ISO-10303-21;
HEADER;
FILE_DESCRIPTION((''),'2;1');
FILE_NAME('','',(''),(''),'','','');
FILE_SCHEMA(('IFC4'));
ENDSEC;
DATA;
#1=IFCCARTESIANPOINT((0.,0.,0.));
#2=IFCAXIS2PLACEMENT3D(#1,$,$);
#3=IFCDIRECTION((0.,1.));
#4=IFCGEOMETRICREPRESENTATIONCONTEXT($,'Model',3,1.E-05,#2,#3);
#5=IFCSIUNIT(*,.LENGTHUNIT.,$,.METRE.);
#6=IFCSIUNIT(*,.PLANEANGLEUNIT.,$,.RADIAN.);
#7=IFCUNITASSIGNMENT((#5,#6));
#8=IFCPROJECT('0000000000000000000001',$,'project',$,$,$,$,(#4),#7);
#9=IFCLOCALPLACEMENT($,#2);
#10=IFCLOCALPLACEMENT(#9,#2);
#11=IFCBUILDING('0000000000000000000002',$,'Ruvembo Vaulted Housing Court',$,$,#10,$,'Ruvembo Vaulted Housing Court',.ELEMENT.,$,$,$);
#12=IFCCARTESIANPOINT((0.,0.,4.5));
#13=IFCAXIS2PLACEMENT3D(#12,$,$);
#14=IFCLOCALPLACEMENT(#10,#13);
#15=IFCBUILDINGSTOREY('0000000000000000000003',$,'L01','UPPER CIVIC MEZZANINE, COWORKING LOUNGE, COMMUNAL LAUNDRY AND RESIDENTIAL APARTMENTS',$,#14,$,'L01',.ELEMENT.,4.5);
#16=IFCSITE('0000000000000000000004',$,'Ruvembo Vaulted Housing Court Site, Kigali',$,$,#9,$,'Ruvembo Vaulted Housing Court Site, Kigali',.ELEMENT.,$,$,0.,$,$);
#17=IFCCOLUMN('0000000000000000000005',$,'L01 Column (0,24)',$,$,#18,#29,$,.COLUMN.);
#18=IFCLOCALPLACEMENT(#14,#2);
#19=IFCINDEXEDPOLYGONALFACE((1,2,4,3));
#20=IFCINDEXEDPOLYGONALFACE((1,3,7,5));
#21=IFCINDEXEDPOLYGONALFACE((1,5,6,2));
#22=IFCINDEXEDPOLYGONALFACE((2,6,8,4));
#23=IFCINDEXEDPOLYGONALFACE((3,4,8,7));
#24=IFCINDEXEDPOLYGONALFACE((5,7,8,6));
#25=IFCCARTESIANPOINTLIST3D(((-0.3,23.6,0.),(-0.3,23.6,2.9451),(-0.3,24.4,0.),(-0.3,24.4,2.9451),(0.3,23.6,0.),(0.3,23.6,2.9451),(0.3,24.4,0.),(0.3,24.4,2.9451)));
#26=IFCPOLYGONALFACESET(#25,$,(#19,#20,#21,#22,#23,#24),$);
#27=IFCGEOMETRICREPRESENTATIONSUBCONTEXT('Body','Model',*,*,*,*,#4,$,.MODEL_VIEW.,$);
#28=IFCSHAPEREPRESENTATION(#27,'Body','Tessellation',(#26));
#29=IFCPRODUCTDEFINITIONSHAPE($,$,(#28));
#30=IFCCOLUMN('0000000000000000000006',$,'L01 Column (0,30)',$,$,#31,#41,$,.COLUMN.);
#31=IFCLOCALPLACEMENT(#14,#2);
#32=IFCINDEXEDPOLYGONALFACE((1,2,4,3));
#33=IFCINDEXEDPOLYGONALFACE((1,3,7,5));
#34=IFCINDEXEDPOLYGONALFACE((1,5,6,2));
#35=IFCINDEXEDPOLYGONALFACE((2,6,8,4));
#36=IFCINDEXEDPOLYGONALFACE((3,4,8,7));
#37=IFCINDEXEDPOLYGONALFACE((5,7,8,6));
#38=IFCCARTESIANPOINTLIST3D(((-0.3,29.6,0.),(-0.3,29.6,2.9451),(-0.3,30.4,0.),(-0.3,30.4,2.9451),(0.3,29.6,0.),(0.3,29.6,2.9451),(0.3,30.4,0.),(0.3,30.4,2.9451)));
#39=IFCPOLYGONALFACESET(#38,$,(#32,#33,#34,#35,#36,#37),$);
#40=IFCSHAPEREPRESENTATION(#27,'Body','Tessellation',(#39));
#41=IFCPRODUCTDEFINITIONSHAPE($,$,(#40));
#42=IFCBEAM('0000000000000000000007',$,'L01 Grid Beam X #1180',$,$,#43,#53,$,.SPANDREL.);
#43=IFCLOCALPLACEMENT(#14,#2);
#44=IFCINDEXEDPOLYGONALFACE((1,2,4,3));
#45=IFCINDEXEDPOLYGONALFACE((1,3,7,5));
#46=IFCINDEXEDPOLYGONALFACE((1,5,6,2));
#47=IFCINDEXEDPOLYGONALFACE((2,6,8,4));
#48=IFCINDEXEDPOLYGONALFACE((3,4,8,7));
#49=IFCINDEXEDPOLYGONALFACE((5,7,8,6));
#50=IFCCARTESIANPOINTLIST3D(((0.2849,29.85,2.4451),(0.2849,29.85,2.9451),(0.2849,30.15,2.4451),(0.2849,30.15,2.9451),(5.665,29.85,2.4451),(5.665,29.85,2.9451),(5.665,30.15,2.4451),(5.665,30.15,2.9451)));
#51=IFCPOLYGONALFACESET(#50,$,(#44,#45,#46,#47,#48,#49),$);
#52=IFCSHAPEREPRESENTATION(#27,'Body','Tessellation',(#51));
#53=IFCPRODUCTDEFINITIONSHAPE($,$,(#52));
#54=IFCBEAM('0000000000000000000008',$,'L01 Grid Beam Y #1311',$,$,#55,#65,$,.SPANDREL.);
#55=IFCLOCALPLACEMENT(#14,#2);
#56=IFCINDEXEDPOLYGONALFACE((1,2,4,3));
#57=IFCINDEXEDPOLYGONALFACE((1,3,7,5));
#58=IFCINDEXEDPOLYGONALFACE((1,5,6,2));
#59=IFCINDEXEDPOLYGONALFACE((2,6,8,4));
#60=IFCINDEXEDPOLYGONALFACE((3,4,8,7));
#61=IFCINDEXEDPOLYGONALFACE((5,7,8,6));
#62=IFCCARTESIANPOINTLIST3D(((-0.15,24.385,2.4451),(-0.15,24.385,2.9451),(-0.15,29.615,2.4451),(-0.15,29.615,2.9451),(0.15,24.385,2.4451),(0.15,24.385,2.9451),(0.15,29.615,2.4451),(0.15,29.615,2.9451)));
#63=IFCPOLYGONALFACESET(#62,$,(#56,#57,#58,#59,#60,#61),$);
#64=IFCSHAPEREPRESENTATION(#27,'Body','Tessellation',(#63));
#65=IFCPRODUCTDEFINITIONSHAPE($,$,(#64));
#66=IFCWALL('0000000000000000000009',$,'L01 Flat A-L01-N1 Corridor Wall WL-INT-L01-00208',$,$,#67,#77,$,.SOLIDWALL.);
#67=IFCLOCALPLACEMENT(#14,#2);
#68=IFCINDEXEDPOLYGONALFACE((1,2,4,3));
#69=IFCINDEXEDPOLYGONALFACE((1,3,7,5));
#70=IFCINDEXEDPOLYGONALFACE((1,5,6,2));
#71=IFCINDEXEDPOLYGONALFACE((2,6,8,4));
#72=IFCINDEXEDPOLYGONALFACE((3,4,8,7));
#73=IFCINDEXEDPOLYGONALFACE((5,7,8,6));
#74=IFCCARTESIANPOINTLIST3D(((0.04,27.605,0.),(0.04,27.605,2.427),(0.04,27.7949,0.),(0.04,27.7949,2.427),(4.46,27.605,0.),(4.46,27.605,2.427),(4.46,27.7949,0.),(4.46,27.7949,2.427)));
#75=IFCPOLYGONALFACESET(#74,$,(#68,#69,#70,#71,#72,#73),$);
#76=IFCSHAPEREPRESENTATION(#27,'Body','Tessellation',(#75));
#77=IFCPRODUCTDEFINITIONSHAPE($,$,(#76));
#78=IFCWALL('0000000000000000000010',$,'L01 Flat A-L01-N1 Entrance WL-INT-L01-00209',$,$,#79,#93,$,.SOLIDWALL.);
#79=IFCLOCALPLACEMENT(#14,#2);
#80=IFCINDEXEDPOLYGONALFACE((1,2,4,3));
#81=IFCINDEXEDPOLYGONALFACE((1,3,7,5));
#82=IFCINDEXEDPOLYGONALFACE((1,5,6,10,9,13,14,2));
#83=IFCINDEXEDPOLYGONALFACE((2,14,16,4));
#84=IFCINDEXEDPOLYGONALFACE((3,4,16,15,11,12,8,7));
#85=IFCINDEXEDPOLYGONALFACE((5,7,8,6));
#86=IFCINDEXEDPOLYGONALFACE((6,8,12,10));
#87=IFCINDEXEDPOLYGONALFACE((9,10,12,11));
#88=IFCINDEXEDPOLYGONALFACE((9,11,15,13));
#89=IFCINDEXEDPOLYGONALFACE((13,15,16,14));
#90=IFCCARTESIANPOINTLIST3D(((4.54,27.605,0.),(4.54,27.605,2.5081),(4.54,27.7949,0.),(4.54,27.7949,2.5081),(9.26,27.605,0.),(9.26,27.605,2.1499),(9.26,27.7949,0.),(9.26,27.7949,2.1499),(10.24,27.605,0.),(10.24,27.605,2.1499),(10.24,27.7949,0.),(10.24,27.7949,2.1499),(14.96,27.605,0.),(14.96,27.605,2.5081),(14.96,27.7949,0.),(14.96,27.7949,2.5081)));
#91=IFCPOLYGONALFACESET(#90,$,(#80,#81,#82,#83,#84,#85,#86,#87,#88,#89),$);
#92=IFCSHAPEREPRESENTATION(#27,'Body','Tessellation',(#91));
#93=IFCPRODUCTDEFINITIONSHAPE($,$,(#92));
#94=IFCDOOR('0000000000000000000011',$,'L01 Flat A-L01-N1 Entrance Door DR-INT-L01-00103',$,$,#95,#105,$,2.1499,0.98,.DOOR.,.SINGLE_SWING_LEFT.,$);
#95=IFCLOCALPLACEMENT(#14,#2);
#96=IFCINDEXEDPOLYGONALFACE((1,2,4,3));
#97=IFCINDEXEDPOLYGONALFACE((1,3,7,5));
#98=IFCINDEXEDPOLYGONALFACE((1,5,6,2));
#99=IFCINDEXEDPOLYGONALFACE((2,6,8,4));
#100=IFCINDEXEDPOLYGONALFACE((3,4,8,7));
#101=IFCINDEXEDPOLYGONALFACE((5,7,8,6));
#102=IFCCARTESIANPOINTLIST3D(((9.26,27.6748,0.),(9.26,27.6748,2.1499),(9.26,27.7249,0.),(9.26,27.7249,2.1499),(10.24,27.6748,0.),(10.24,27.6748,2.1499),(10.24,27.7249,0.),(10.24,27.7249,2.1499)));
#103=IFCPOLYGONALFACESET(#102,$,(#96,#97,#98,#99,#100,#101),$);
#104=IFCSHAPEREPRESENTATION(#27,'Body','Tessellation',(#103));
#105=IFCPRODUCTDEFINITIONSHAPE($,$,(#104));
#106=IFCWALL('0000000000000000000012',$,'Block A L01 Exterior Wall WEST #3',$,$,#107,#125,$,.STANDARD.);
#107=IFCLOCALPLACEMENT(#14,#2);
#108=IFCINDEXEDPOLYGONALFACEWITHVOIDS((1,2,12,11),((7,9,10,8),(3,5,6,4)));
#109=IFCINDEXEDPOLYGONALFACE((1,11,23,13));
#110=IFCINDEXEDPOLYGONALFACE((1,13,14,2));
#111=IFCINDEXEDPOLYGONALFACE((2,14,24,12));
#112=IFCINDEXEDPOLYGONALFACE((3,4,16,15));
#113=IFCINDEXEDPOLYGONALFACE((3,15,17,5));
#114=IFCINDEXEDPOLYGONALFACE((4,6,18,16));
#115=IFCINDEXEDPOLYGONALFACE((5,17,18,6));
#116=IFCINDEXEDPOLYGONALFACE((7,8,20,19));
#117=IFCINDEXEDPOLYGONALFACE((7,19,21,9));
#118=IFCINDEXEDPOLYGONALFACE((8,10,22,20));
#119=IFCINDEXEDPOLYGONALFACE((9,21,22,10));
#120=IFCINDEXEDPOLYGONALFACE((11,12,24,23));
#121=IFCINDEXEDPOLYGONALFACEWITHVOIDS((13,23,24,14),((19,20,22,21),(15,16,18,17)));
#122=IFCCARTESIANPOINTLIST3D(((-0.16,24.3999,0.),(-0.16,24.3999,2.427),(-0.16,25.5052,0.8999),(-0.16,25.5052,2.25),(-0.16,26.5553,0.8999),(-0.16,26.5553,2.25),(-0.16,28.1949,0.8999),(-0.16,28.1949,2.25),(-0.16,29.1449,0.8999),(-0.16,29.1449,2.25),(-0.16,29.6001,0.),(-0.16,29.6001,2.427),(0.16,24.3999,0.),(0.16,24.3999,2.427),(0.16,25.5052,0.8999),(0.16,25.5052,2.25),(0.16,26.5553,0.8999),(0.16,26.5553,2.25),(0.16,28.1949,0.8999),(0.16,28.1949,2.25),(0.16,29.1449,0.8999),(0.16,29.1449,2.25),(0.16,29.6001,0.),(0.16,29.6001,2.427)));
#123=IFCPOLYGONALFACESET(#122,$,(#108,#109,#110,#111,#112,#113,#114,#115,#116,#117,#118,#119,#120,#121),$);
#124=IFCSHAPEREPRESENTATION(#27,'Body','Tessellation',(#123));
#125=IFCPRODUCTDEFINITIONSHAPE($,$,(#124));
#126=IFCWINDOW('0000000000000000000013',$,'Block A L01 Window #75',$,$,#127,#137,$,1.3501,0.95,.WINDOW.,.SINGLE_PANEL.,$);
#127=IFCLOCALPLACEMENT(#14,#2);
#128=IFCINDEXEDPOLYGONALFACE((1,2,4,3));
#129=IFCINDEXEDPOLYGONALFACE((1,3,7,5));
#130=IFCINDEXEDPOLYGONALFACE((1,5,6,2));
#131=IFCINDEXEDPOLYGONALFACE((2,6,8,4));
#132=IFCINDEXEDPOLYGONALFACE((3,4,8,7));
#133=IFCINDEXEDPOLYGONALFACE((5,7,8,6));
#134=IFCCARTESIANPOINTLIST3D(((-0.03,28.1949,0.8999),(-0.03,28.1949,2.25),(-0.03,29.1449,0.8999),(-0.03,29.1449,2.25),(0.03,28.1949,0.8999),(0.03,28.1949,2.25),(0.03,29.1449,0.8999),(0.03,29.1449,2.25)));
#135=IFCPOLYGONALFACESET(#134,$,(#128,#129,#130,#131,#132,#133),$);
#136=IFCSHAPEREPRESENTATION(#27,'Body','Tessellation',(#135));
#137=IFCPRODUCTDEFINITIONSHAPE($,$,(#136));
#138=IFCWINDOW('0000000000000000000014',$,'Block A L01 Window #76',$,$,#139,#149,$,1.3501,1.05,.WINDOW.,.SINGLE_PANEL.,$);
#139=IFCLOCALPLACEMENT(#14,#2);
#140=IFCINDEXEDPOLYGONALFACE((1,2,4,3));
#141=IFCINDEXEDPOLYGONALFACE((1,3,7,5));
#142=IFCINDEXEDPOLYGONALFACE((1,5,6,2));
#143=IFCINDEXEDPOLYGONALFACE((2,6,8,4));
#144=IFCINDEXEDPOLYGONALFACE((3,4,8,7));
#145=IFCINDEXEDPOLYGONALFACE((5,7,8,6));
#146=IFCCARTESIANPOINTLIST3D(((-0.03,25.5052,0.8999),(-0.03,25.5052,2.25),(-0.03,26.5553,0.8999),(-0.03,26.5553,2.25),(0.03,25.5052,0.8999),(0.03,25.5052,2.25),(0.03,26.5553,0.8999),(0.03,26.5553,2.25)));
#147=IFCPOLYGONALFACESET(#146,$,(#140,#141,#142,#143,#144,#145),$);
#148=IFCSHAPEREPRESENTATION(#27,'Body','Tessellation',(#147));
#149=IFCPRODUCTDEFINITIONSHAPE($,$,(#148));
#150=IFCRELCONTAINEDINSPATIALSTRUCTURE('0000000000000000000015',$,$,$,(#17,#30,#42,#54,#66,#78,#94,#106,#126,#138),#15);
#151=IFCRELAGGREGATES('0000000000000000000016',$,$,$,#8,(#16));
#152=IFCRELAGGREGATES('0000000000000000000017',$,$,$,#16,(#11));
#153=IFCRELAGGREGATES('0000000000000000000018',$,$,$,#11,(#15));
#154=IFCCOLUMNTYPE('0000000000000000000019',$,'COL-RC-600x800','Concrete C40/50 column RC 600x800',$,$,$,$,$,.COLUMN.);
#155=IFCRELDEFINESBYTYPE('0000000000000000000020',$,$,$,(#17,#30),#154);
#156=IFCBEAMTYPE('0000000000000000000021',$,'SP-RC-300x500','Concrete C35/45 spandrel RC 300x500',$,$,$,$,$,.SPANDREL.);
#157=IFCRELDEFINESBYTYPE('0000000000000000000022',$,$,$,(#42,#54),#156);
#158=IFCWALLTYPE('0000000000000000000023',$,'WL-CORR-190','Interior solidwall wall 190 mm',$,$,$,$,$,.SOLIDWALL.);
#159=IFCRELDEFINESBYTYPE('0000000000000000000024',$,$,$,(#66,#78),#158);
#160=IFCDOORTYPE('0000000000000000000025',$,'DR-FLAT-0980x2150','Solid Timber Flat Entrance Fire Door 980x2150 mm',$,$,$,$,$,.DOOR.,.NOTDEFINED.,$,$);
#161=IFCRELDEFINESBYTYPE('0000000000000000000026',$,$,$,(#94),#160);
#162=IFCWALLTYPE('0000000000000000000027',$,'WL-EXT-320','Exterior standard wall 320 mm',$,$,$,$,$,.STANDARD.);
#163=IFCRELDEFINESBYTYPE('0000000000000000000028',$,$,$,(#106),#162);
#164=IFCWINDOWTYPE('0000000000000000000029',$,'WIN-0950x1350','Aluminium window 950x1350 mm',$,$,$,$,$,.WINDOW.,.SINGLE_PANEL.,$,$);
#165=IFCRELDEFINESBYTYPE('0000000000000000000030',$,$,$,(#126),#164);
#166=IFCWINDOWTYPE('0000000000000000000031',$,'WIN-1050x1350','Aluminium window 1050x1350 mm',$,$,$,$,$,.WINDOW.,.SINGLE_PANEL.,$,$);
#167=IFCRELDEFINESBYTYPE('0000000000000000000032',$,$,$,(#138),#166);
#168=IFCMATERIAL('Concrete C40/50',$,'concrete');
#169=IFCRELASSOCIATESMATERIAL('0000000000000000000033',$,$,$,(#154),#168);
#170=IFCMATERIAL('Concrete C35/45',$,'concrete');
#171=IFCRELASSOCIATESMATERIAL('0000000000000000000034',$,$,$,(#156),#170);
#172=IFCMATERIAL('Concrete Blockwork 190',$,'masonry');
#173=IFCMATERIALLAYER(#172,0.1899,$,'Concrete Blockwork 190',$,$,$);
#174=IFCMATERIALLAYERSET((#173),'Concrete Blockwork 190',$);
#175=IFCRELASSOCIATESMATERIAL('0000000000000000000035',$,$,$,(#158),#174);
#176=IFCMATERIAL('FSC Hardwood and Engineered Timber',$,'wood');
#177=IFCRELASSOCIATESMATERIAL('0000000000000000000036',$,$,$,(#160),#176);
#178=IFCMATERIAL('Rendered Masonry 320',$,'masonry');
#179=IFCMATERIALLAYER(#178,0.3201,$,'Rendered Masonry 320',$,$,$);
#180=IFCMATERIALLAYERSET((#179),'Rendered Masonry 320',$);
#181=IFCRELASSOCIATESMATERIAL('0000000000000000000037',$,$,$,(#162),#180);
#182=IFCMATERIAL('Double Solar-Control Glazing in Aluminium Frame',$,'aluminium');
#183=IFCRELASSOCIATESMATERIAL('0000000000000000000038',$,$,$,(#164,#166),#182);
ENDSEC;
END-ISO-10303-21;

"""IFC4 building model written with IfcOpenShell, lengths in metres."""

from ifc_helpers import new_model, si_unit, direction, frame, frame_2d, origin, origin_2d, place, context, subcontext, project, spatial, rectangle, extrude, material, layer, layer_set, material_profile, profile_set, type_object, element, fill, save


model = new_model("IFC4")

# Units and contexts
model_context = context("Model", 3, precision=1e-05, world=origin(), true_north=direction((0.0, 1.0)))
body_context = subcontext(model_context, "Body", "Model", "MODEL_VIEW")
ifc_project = project(units=[si_unit("LENGTHUNIT", "METRE"), si_unit("PLANEANGLEUNIT", "RADIAN")], contexts=[model_context])

# Site, building, storey
site_placement = place(None, origin())
site = spatial("IfcSite", under=ifc_project, at=site_placement, Name="Ruvembo Vaulted Housing Court Site, Kigali", LongName="Ruvembo Vaulted Housing Court Site, Kigali", CompositionType="ELEMENT", RefElevation=0.0)
building_placement = place(site_placement, origin())
building = spatial("IfcBuilding", under=site, at=building_placement, Name="Ruvembo Vaulted Housing Court", LongName="Ruvembo Vaulted Housing Court", CompositionType="ELEMENT")
storey_placement = place(building_placement, frame((0.0, 0.0, 4.5)))
storey = spatial("IfcBuildingStorey", under=building, at=storey_placement, Name="L01", Description="UPPER CIVIC MEZZANINE, COWORKING LOUNGE, COMMUNAL LAUNDRY AND RESIDENTIAL APARTMENTS", LongName="L01", CompositionType="ELEMENT", Elevation=4.5)

# Columns
ifc_material_1 = material(Name="Concrete C40/50", Category="concrete")
ifc_material_profile_1 = material_profile(ifc_material_1, rectangle(XDim=0.6001, YDim=0.8, at=origin_2d()), Name="RC 600x800")
ifc_profile_set_1 = profile_set([ifc_material_profile_1], Name="Concrete C40/50")
column_type = type_object("IfcColumnType", Name="COL-RC-600x800", Description="Concrete C40/50 column RC 600x800", PredefinedType="COLUMN", material=ifc_profile_set_1)
for number, where, z_axis, x_axis, name in (
    (1, (0.0, 24.0, 0.0), (0.0, 0.0, 1.0), (1.0, 0.0, 0.0), "L01 Column (0,24)"),
    (2, (0.0, 30.0, 0.0), (0.0, 0.0, 1.0), (1.0, 0.0, 0.0), "L01 Column (0,30)"),
):
    element("IfcColumn", number, at=place(storey_placement, frame(where, z_axis=z_axis, x_axis=x_axis)), inside=storey, type_object=column_type, Name=name, PredefinedType="COLUMN", context=body_context, shape_type="SweptSolid", body=[
        extrude(rectangle(XDim=0.6001, YDim=0.8, at=origin_2d()), origin(), (0.0, 0.0, 1.0), 2.9451),
    ])

# Beams
ifc_material_2 = material(Name="Concrete C35/45", Category="concrete")
ifc_material_profile_2 = material_profile(ifc_material_2, rectangle(XDim=0.3, YDim=0.5, at=origin_2d()), Name="RC 300x500")
ifc_profile_set_2 = profile_set([ifc_material_profile_2], Name="Concrete C35/45")
beam_type = type_object("IfcBeamType", Name="SP-RC-300x500", Description="Concrete C35/45 spandrel RC 300x500", PredefinedType="SPANDREL", material=ifc_profile_set_2)
beam_1_placement = place(storey_placement, frame((0.2849, 30.0, 2.6951), z_axis=(1.0, 0.0, 0.0), x_axis=(0.0, 1.0, 0.0)))
element("IfcBeam", 3, at=beam_1_placement, inside=storey, type_object=beam_type, Name="L01 Grid Beam X #1180", PredefinedType="SPANDREL", context=body_context, shape_type="SweptSolid", body=[
    extrude(rectangle(XDim=0.3, YDim=0.5, at=origin_2d()), origin(), (0.0, 0.0, 1.0), 5.3801),
])
beam_2_placement = place(storey_placement, frame((0.0, 24.385, 2.6951), z_axis=(0.0, 1.0, 0.0), x_axis=(-1.0, 0.0, 0.0)))
element("IfcBeam", 4, at=beam_2_placement, inside=storey, type_object=beam_type, Name="L01 Grid Beam Y #1311", PredefinedType="SPANDREL", context=body_context, shape_type="SweptSolid", body=[
    extrude(rectangle(XDim=0.3, YDim=0.5, at=origin_2d()), origin(), (0.0, 0.0, 1.0), 5.23),
])

# Wall
ifc_material_3 = material(Name="Concrete Blockwork 190", Category="masonry")
ifc_layer_1 = layer(ifc_material_3, 0.1899, Name="Concrete Blockwork 190")
ifc_layer_set_1 = layer_set([ifc_layer_1], Name="Concrete Blockwork 190")
wall_type_1 = type_object("IfcWallType", Name="WL-CORR-190", Description="Interior solidwall wall 190 mm", PredefinedType="SOLIDWALL", material=ifc_layer_set_1)
wall_1_placement = place(storey_placement, frame((0.04, 27.7, 0.0), z_axis=(0.0, 0.0, 1.0), x_axis=(1.0, 0.0, 0.0)))
element("IfcWall", 5, at=wall_1_placement, inside=storey, type_object=wall_type_1, Name="L01 Flat A-L01-N1 Corridor Wall WL-INT-L01-00208", PredefinedType="SOLIDWALL", context=body_context, shape_type="SweptSolid", body=[
    extrude(rectangle(XDim=4.4199, YDim=0.1899, at=frame_2d((2.21, 0.0))), origin(), (0.0, 0.0, 1.0), 2.427),
])

# Wall, opening, door
wall_2_placement = place(storey_placement, frame((4.54, 27.7, 0.0), z_axis=(0.0, 0.0, 1.0), x_axis=(1.0, 0.0, 0.0)))
wall_2 = element("IfcWall", 6, at=wall_2_placement, inside=storey, type_object=wall_type_1, Name="L01 Flat A-L01-N1 Entrance WL-INT-L01-00209", PredefinedType="SOLIDWALL", context=body_context, shape_type="SweptSolid", body=[
    extrude(rectangle(XDim=10.4199, YDim=0.1899, at=frame_2d((5.21, 0.0))), origin(), (0.0, 0.0, 1.0), 2.5081),
])
opening_1_placement = place(wall_2_placement, frame((4.72, 0.0, 0.0)))
opening_1 = element("IfcOpeningElement", 7, at=opening_1_placement, cuts=wall_2, PredefinedType="OPENING", context=body_context, shape_type="SweptSolid", body=[
    extrude(rectangle(XDim=0.98, YDim=2.1499, at=frame_2d((0.49, 1.075))), frame((0.0, 0.105, 0.0), z_axis=(0.0, -1.0, 0.0), x_axis=(1.0, 0.0, 0.0)), (0.0, 0.0, 1.0), 0.21),
])
ifc_material_4 = material(Name="FSC Hardwood and Engineered Timber", Category="wood")
door_type_1 = type_object("IfcDoorType", Name="DR-FLAT-0980x2150", Description="Solid Timber Flat Entrance Fire Door 980x2150 mm", OperationType="NOTDEFINED", PredefinedType="DOOR", material=ifc_material_4)
door_1_placement = place(opening_1_placement, origin())
door_1 = element("IfcDoor", 8, at=door_1_placement, inside=storey, type_object=door_type_1, Name="L01 Flat A-L01-N1 Entrance Door DR-INT-L01-00103", OperationType="SINGLE_SWING_LEFT", OverallHeight=2.1499, OverallWidth=0.98, PredefinedType="DOOR", context=body_context, shape_type="SweptSolid", body=[
    extrude(rectangle(XDim=0.98, YDim=2.1499, at=frame_2d((0.49, 1.075))), frame((0.0, 0.0249, 0.0), z_axis=(0.0, -1.0, 0.0), x_axis=(1.0, 0.0, 0.0)), (0.0, 0.0, 1.0), 0.05),
])
fill(opening_1, door_1)

# Wall, openings, windows
ifc_material_5 = material(Name="Rendered Masonry 320", Category="masonry")
ifc_layer_2 = layer(ifc_material_5, 0.3201, Name="Rendered Masonry 320")
ifc_layer_set_2 = layer_set([ifc_layer_2], Name="Rendered Masonry 320")
wall_type_2 = type_object("IfcWallType", Name="WL-EXT-320", Description="Exterior standard wall 320 mm", PredefinedType="STANDARD", material=ifc_layer_set_2)
wall_3_placement = place(storey_placement, frame((0.0, 29.6001, 0.0), z_axis=(0.0, 0.0, 1.0), x_axis=(0.0, -1.0, 0.0)))
wall_3 = element("IfcWall", 9, at=wall_3_placement, inside=storey, type_object=wall_type_2, Name="Block A L01 Exterior Wall WEST #3", PredefinedType="STANDARD", context=body_context, shape_type="SweptSolid", body=[
    extrude(rectangle(XDim=5.2002, YDim=0.3201, at=frame_2d((2.6001, 0.0))), origin(), (0.0, 0.0, 1.0), 2.427),
])
opening_2_placement = place(wall_3_placement, frame((0.4551, 0.0, 0.8999)))
opening_2 = element("IfcOpeningElement", 10, at=opening_2_placement, cuts=wall_3, PredefinedType="OPENING", context=body_context, shape_type="SweptSolid", body=[
    extrude(rectangle(XDim=0.95, YDim=1.3501, at=frame_2d((0.4751, 0.675))), frame((0.0, 0.1699, 0.0), z_axis=(0.0, -1.0, 0.0), x_axis=(1.0, 0.0, 0.0)), (0.0, 0.0, 1.0), 0.3401),
])
opening_3_placement = place(wall_3_placement, frame((3.0449, 0.0, 0.8999)))
opening_3 = element("IfcOpeningElement", 11, at=opening_3_placement, cuts=wall_3, PredefinedType="OPENING", context=body_context, shape_type="SweptSolid", body=[
    extrude(rectangle(XDim=1.05, YDim=1.3501, at=frame_2d((0.5249, 0.675))), frame((0.0, 0.1699, 0.0), z_axis=(0.0, -1.0, 0.0), x_axis=(1.0, 0.0, 0.0)), (0.0, 0.0, 1.0), 0.3401),
])
ifc_material_6 = material(Name="Double Solar-Control Glazing in Aluminium Frame", Category="aluminium")
window_type_1 = type_object("IfcWindowType", Name="WIN-0950x1350", Description="Aluminium window 950x1350 mm", PartitioningType="SINGLE_PANEL", PredefinedType="WINDOW", material=ifc_material_6)
window_1_placement = place(opening_2_placement, origin())
window_1 = element("IfcWindow", 12, at=window_1_placement, inside=storey, type_object=window_type_1, Name="Block A L01 Window #75", OverallHeight=1.3501, OverallWidth=0.95, PartitioningType="SINGLE_PANEL", PredefinedType="WINDOW", context=body_context, shape_type="SweptSolid", body=[
    extrude(rectangle(XDim=0.95, YDim=1.3501, at=frame_2d((0.4751, 0.675))), frame((0.0, 0.03, 0.0), z_axis=(0.0, -1.0, 0.0), x_axis=(1.0, 0.0, 0.0)), (0.0, 0.0, 1.0), 0.0601),
])
fill(opening_2, window_1)
window_type_2 = type_object("IfcWindowType", Name="WIN-1050x1350", Description="Aluminium window 1050x1350 mm", PartitioningType="SINGLE_PANEL", PredefinedType="WINDOW", material=ifc_material_6)
window_2_placement = place(opening_3_placement, origin())
window_2 = element("IfcWindow", 13, at=window_2_placement, inside=storey, type_object=window_type_2, Name="Block A L01 Window #76", OverallHeight=1.3501, OverallWidth=1.05, PartitioningType="SINGLE_PANEL", PredefinedType="WINDOW", context=body_context, shape_type="SweptSolid", body=[
    extrude(rectangle(XDim=1.05, YDim=1.3501, at=frame_2d((0.5249, 0.675))), frame((0.0, 0.03, 0.0), z_axis=(0.0, -1.0, 0.0), x_axis=(1.0, 0.0, 0.0)), (0.0, 0.0, 1.0), 0.0601),
])
fill(opening_3, window_2)

save(model, "model.ifc")
